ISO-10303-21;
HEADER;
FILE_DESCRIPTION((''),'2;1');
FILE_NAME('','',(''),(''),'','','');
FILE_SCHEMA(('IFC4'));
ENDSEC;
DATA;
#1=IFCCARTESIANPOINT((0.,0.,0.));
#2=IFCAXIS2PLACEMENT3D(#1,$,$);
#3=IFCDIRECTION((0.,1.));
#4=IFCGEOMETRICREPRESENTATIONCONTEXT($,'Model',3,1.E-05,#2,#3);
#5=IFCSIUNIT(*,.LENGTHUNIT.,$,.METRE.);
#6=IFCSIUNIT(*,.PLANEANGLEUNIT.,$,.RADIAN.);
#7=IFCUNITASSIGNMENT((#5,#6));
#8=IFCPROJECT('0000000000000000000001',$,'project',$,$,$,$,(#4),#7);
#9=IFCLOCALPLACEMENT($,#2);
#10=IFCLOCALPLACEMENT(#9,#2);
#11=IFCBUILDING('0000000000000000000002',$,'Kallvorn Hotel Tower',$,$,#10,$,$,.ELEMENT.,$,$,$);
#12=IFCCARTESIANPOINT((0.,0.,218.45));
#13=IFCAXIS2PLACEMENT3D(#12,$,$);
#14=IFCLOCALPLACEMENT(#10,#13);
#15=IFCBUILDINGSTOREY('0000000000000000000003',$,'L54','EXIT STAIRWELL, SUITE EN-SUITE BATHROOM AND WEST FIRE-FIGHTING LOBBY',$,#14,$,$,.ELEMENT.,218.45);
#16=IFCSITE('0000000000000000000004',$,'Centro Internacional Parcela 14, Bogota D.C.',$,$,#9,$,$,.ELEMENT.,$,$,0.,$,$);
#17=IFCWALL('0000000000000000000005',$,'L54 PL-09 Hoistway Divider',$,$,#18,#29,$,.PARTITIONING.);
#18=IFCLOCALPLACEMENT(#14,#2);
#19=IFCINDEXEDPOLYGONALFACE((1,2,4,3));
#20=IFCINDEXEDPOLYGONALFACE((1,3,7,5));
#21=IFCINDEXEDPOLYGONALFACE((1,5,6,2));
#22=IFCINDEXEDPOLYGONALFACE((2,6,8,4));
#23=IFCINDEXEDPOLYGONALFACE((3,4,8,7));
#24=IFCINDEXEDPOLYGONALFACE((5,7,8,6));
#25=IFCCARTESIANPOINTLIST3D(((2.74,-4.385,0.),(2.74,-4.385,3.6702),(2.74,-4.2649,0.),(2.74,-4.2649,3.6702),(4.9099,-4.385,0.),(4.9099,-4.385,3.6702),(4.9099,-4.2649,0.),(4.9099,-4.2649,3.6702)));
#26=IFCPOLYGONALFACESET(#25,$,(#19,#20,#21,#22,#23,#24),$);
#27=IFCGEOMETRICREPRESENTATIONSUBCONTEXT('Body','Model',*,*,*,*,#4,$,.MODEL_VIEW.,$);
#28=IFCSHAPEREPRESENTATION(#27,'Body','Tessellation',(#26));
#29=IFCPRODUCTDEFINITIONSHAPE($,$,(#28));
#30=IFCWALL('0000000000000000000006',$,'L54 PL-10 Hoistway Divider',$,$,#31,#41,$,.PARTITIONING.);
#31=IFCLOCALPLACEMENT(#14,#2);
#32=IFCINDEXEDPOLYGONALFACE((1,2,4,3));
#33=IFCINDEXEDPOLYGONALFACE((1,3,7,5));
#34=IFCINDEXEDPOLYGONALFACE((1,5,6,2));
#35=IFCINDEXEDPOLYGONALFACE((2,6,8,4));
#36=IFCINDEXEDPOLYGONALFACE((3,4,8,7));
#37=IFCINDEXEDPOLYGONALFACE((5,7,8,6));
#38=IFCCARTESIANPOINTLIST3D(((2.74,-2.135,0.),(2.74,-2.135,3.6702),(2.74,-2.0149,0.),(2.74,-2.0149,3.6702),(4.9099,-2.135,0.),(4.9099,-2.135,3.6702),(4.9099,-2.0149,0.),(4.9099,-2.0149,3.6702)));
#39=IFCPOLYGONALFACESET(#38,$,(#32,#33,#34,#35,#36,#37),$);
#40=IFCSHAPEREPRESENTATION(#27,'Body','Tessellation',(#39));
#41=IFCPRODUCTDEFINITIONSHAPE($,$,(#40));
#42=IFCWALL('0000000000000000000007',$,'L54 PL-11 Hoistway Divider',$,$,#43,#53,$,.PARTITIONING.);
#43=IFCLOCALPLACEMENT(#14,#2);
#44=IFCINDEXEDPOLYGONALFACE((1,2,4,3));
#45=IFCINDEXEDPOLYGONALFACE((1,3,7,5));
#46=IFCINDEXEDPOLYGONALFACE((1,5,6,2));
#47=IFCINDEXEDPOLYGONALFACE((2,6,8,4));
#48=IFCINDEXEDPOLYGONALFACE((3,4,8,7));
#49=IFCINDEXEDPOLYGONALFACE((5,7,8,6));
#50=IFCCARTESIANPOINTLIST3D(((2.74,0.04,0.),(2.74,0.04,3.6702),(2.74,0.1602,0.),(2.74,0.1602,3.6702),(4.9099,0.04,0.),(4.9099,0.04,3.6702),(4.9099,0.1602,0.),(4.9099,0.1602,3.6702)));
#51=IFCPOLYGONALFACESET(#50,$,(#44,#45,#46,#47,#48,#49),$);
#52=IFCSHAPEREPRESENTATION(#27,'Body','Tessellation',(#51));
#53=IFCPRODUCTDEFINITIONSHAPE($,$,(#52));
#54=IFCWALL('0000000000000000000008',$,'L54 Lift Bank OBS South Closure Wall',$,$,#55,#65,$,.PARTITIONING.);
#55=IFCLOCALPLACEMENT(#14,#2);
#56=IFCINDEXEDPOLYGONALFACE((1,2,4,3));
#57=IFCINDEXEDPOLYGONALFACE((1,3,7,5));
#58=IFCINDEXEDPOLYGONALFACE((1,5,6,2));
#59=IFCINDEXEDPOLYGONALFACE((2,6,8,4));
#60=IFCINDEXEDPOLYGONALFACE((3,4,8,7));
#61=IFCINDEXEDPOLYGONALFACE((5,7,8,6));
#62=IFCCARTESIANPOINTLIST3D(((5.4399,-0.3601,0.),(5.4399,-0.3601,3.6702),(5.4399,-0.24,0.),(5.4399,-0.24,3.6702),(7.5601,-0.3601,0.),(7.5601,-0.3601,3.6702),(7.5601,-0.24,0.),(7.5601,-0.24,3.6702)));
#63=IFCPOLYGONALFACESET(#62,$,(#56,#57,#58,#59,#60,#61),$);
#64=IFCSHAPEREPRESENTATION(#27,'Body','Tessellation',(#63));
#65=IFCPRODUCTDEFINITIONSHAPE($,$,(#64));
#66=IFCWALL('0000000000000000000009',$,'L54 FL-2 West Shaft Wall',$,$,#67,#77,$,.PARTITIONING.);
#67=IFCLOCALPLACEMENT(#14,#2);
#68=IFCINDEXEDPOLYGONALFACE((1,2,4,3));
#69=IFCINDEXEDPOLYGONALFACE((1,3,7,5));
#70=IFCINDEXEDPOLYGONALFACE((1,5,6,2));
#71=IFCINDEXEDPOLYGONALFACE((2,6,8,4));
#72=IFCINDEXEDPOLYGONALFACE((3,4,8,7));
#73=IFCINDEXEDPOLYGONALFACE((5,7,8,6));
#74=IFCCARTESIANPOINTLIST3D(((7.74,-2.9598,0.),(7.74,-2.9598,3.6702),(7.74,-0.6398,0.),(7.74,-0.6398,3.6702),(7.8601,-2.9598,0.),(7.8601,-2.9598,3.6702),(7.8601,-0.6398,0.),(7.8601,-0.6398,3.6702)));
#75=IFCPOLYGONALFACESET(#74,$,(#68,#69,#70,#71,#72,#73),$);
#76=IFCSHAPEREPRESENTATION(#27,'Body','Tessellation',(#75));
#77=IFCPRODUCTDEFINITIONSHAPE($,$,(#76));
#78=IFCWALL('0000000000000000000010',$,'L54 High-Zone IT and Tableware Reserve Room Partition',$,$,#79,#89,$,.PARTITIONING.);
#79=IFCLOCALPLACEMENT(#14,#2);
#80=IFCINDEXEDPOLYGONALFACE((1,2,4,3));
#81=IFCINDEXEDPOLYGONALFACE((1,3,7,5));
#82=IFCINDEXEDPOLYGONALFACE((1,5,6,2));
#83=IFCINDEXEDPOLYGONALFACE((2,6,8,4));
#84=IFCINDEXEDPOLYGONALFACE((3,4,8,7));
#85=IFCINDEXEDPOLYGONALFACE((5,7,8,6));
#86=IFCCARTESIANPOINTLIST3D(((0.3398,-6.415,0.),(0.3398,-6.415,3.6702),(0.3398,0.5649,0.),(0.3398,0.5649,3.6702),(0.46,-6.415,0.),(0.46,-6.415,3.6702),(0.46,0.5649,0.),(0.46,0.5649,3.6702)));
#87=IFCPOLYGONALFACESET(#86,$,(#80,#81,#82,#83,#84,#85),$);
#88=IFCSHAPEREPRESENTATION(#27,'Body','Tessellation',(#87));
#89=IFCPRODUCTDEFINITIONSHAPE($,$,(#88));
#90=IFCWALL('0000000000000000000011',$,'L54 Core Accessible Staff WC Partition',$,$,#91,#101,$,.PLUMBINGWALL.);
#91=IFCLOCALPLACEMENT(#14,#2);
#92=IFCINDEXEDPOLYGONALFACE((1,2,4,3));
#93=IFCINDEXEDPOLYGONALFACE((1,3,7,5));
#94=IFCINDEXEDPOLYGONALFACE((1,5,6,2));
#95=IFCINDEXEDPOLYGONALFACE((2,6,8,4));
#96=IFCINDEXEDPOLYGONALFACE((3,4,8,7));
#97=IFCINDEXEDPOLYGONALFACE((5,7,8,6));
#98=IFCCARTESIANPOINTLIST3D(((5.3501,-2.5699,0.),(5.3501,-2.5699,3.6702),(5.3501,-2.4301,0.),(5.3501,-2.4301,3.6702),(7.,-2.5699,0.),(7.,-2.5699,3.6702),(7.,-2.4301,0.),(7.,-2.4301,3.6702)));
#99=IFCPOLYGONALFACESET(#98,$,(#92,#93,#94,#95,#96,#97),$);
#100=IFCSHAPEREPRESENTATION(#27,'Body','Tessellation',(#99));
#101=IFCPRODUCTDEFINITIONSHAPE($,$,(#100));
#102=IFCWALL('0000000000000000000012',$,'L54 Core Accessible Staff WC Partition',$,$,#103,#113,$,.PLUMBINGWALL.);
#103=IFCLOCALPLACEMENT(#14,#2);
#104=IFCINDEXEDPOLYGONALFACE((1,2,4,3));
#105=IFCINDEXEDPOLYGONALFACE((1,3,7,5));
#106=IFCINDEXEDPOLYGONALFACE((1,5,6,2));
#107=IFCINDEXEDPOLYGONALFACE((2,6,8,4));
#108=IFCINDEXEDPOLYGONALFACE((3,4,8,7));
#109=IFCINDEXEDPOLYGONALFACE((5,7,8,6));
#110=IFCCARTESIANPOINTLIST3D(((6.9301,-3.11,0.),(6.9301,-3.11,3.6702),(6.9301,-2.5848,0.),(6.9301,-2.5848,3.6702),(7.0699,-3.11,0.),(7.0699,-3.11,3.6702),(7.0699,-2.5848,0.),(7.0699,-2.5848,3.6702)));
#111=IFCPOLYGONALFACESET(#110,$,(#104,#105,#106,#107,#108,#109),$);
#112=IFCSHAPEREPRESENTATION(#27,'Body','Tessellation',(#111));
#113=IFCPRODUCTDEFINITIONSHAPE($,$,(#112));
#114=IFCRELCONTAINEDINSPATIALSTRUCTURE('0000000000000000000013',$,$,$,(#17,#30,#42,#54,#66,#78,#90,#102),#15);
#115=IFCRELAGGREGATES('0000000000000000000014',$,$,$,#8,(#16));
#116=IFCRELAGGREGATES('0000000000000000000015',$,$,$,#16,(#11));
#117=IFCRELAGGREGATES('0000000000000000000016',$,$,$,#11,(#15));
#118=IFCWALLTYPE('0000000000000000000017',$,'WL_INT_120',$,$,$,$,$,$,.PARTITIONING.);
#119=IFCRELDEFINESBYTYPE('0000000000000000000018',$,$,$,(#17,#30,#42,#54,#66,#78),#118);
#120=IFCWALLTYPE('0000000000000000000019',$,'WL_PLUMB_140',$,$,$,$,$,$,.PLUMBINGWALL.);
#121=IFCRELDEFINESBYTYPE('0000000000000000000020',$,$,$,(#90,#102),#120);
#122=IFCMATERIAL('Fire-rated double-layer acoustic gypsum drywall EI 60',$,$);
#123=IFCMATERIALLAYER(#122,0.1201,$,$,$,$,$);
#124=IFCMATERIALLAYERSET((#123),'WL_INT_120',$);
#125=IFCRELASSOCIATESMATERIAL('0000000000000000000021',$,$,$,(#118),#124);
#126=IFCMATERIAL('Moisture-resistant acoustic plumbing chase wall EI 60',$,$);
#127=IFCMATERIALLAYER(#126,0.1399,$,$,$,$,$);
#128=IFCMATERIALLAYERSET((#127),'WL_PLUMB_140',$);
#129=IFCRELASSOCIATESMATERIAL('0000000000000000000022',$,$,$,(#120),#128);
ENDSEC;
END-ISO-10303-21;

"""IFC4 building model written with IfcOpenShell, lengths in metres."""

from ifc_helpers import new_model, si_unit, direction, frame, frame_2d, origin, place, context, subcontext, project, spatial, rectangle, extrude, material, layer, layer_set, type_object, element, save


model = new_model("IFC4")

# Units and contexts
model_context = context("Model", 3, precision=1e-05, world=origin(), true_north=direction((0.0, 1.0)))
body_context = subcontext(model_context, "Body", "Model", "MODEL_VIEW")
ifc_project = project(units=[si_unit("LENGTHUNIT", "METRE"), si_unit("PLANEANGLEUNIT", "RADIAN")], contexts=[model_context])

# Site, building, storey
site_placement = place(None, origin())
site = spatial("IfcSite", under=ifc_project, at=site_placement, Name="Centro Internacional Parcela 14, Bogota D.C.", CompositionType="ELEMENT", RefElevation=0.0)
building_placement = place(site_placement, origin())
building = spatial("IfcBuilding", under=site, at=building_placement, Name="Kallvorn Hotel Tower", CompositionType="ELEMENT")
storey_placement = place(building_placement, frame((0.0, 0.0, 218.45)))
storey = spatial("IfcBuildingStorey", under=building, at=storey_placement, Name="L54", Description="EXIT STAIRWELL, SUITE EN-SUITE BATHROOM AND WEST FIRE-FIGHTING LOBBY", CompositionType="ELEMENT", Elevation=218.45)

# Walls
ifc_material_1 = material(Name="Fire-rated double-layer acoustic gypsum drywall EI 60")
ifc_layer_1 = layer(ifc_material_1, 0.1201)
ifc_layer_set_1 = layer_set([ifc_layer_1], Name="WL_INT_120")
wall_type_1 = type_object("IfcWallType", Name="WL_INT_120", PredefinedType="PARTITIONING", material=ifc_layer_set_1)
for number, where, z_axis, x_axis, name in (
    (1, (2.74, -4.325, 0.0), (0.0, 0.0, 1.0), (1.0, 0.0, 0.0), "L54 PL-09 Hoistway Divider"),
    (2, (2.74, -2.075, 0.0), (0.0, 0.0, 1.0), (1.0, 0.0, 0.0), "L54 PL-10 Hoistway Divider"),
    (3, (2.74, 0.1001, 0.0), (0.0, 0.0, 1.0), (1.0, 0.0, 0.0), "L54 PL-11 Hoistway Divider"),
):
    element("IfcWall", number, at=place(storey_placement, frame(where, z_axis=z_axis, x_axis=x_axis)), inside=storey, type_object=wall_type_1, Name=name, PredefinedType="PARTITIONING", context=body_context, shape_type="SweptSolid", body=[
        extrude(rectangle(XDim=2.1699, YDim=0.1201, at=frame_2d((1.085, 0.0))), origin(), (0.0, 0.0, 1.0), 3.6702),
    ])
wall_1_placement = place(storey_placement, frame((5.4399, -0.3, 0.0), z_axis=(0.0, 0.0, 1.0), x_axis=(1.0, 0.0, 0.0)))
element("IfcWall", 4, at=wall_1_placement, inside=storey, type_object=wall_type_1, Name="L54 Lift Bank OBS South Closure Wall", PredefinedType="PARTITIONING", context=body_context, shape_type="SweptSolid", body=[
    extrude(rectangle(XDim=2.1201, YDim=0.1201, at=frame_2d((1.0601, 0.0))), origin(), (0.0, 0.0, 1.0), 3.6702),
])
wall_2_placement = place(storey_placement, frame((7.8, -2.96, 0.0), z_axis=(0.0, 0.0, 1.0), x_axis=(0.0, 1.0, 0.0)))
element("IfcWall", 5, at=wall_2_placement, inside=storey, type_object=wall_type_1, Name="L54 FL-2 West Shaft Wall", PredefinedType="PARTITIONING", context=body_context, shape_type="SweptSolid", body=[
    extrude(rectangle(XDim=2.3201, YDim=0.1201, at=frame_2d((1.1602, 0.0))), origin(), (0.0, 0.0, 1.0), 3.6702),
])
wall_3_placement = place(storey_placement, frame((0.3999, -6.415, 0.0), z_axis=(0.0, 0.0, 1.0), x_axis=(0.0, 1.0, 0.0)))
element("IfcWall", 6, at=wall_3_placement, inside=storey, type_object=wall_type_1, Name="L54 High-Zone IT and Tableware Reserve Room Partition", PredefinedType="PARTITIONING", context=body_context, shape_type="SweptSolid", body=[
    extrude(rectangle(XDim=6.98, YDim=0.1201, at=frame_2d((3.49, 0.0))), origin(), (0.0, 0.0, 1.0), 3.6702),
])
ifc_material_2 = material(Name="Moisture-resistant acoustic plumbing chase wall EI 60")
ifc_layer_2 = layer(ifc_material_2, 0.1399)
ifc_layer_set_2 = layer_set([ifc_layer_2], Name="WL_PLUMB_140")
wall_type_2 = type_object("IfcWallType", Name="WL_PLUMB_140", PredefinedType="PLUMBINGWALL", material=ifc_layer_set_2)
wall_4_placement = place(storey_placement, frame((5.3501, -2.5, 0.0), z_axis=(0.0, 0.0, 1.0), x_axis=(1.0, 0.0, 0.0)))
element("IfcWall", 7, at=wall_4_placement, inside=storey, type_object=wall_type_2, Name="L54 Core Accessible Staff WC Partition", PredefinedType="PLUMBINGWALL", context=body_context, shape_type="SweptSolid", body=[
    extrude(rectangle(XDim=1.6499, YDim=0.1399, at=frame_2d((0.825, 0.0))), origin(), (0.0, 0.0, 1.0), 3.6702),
])
wall_5_placement = place(storey_placement, frame((7.0, -3.1101, 0.0), z_axis=(0.0, 0.0, 1.0), x_axis=(0.0, 1.0, 0.0)))
element("IfcWall", 8, at=wall_5_placement, inside=storey, type_object=wall_type_2, Name="L54 Core Accessible Staff WC Partition", PredefinedType="PLUMBINGWALL", context=body_context, shape_type="SweptSolid", body=[
    extrude(rectangle(XDim=0.5251, YDim=0.1399, at=frame_2d((0.2627, 0.0))), origin(), (0.0, 0.0, 1.0), 3.6702),
])

save(model, "model.ifc")
